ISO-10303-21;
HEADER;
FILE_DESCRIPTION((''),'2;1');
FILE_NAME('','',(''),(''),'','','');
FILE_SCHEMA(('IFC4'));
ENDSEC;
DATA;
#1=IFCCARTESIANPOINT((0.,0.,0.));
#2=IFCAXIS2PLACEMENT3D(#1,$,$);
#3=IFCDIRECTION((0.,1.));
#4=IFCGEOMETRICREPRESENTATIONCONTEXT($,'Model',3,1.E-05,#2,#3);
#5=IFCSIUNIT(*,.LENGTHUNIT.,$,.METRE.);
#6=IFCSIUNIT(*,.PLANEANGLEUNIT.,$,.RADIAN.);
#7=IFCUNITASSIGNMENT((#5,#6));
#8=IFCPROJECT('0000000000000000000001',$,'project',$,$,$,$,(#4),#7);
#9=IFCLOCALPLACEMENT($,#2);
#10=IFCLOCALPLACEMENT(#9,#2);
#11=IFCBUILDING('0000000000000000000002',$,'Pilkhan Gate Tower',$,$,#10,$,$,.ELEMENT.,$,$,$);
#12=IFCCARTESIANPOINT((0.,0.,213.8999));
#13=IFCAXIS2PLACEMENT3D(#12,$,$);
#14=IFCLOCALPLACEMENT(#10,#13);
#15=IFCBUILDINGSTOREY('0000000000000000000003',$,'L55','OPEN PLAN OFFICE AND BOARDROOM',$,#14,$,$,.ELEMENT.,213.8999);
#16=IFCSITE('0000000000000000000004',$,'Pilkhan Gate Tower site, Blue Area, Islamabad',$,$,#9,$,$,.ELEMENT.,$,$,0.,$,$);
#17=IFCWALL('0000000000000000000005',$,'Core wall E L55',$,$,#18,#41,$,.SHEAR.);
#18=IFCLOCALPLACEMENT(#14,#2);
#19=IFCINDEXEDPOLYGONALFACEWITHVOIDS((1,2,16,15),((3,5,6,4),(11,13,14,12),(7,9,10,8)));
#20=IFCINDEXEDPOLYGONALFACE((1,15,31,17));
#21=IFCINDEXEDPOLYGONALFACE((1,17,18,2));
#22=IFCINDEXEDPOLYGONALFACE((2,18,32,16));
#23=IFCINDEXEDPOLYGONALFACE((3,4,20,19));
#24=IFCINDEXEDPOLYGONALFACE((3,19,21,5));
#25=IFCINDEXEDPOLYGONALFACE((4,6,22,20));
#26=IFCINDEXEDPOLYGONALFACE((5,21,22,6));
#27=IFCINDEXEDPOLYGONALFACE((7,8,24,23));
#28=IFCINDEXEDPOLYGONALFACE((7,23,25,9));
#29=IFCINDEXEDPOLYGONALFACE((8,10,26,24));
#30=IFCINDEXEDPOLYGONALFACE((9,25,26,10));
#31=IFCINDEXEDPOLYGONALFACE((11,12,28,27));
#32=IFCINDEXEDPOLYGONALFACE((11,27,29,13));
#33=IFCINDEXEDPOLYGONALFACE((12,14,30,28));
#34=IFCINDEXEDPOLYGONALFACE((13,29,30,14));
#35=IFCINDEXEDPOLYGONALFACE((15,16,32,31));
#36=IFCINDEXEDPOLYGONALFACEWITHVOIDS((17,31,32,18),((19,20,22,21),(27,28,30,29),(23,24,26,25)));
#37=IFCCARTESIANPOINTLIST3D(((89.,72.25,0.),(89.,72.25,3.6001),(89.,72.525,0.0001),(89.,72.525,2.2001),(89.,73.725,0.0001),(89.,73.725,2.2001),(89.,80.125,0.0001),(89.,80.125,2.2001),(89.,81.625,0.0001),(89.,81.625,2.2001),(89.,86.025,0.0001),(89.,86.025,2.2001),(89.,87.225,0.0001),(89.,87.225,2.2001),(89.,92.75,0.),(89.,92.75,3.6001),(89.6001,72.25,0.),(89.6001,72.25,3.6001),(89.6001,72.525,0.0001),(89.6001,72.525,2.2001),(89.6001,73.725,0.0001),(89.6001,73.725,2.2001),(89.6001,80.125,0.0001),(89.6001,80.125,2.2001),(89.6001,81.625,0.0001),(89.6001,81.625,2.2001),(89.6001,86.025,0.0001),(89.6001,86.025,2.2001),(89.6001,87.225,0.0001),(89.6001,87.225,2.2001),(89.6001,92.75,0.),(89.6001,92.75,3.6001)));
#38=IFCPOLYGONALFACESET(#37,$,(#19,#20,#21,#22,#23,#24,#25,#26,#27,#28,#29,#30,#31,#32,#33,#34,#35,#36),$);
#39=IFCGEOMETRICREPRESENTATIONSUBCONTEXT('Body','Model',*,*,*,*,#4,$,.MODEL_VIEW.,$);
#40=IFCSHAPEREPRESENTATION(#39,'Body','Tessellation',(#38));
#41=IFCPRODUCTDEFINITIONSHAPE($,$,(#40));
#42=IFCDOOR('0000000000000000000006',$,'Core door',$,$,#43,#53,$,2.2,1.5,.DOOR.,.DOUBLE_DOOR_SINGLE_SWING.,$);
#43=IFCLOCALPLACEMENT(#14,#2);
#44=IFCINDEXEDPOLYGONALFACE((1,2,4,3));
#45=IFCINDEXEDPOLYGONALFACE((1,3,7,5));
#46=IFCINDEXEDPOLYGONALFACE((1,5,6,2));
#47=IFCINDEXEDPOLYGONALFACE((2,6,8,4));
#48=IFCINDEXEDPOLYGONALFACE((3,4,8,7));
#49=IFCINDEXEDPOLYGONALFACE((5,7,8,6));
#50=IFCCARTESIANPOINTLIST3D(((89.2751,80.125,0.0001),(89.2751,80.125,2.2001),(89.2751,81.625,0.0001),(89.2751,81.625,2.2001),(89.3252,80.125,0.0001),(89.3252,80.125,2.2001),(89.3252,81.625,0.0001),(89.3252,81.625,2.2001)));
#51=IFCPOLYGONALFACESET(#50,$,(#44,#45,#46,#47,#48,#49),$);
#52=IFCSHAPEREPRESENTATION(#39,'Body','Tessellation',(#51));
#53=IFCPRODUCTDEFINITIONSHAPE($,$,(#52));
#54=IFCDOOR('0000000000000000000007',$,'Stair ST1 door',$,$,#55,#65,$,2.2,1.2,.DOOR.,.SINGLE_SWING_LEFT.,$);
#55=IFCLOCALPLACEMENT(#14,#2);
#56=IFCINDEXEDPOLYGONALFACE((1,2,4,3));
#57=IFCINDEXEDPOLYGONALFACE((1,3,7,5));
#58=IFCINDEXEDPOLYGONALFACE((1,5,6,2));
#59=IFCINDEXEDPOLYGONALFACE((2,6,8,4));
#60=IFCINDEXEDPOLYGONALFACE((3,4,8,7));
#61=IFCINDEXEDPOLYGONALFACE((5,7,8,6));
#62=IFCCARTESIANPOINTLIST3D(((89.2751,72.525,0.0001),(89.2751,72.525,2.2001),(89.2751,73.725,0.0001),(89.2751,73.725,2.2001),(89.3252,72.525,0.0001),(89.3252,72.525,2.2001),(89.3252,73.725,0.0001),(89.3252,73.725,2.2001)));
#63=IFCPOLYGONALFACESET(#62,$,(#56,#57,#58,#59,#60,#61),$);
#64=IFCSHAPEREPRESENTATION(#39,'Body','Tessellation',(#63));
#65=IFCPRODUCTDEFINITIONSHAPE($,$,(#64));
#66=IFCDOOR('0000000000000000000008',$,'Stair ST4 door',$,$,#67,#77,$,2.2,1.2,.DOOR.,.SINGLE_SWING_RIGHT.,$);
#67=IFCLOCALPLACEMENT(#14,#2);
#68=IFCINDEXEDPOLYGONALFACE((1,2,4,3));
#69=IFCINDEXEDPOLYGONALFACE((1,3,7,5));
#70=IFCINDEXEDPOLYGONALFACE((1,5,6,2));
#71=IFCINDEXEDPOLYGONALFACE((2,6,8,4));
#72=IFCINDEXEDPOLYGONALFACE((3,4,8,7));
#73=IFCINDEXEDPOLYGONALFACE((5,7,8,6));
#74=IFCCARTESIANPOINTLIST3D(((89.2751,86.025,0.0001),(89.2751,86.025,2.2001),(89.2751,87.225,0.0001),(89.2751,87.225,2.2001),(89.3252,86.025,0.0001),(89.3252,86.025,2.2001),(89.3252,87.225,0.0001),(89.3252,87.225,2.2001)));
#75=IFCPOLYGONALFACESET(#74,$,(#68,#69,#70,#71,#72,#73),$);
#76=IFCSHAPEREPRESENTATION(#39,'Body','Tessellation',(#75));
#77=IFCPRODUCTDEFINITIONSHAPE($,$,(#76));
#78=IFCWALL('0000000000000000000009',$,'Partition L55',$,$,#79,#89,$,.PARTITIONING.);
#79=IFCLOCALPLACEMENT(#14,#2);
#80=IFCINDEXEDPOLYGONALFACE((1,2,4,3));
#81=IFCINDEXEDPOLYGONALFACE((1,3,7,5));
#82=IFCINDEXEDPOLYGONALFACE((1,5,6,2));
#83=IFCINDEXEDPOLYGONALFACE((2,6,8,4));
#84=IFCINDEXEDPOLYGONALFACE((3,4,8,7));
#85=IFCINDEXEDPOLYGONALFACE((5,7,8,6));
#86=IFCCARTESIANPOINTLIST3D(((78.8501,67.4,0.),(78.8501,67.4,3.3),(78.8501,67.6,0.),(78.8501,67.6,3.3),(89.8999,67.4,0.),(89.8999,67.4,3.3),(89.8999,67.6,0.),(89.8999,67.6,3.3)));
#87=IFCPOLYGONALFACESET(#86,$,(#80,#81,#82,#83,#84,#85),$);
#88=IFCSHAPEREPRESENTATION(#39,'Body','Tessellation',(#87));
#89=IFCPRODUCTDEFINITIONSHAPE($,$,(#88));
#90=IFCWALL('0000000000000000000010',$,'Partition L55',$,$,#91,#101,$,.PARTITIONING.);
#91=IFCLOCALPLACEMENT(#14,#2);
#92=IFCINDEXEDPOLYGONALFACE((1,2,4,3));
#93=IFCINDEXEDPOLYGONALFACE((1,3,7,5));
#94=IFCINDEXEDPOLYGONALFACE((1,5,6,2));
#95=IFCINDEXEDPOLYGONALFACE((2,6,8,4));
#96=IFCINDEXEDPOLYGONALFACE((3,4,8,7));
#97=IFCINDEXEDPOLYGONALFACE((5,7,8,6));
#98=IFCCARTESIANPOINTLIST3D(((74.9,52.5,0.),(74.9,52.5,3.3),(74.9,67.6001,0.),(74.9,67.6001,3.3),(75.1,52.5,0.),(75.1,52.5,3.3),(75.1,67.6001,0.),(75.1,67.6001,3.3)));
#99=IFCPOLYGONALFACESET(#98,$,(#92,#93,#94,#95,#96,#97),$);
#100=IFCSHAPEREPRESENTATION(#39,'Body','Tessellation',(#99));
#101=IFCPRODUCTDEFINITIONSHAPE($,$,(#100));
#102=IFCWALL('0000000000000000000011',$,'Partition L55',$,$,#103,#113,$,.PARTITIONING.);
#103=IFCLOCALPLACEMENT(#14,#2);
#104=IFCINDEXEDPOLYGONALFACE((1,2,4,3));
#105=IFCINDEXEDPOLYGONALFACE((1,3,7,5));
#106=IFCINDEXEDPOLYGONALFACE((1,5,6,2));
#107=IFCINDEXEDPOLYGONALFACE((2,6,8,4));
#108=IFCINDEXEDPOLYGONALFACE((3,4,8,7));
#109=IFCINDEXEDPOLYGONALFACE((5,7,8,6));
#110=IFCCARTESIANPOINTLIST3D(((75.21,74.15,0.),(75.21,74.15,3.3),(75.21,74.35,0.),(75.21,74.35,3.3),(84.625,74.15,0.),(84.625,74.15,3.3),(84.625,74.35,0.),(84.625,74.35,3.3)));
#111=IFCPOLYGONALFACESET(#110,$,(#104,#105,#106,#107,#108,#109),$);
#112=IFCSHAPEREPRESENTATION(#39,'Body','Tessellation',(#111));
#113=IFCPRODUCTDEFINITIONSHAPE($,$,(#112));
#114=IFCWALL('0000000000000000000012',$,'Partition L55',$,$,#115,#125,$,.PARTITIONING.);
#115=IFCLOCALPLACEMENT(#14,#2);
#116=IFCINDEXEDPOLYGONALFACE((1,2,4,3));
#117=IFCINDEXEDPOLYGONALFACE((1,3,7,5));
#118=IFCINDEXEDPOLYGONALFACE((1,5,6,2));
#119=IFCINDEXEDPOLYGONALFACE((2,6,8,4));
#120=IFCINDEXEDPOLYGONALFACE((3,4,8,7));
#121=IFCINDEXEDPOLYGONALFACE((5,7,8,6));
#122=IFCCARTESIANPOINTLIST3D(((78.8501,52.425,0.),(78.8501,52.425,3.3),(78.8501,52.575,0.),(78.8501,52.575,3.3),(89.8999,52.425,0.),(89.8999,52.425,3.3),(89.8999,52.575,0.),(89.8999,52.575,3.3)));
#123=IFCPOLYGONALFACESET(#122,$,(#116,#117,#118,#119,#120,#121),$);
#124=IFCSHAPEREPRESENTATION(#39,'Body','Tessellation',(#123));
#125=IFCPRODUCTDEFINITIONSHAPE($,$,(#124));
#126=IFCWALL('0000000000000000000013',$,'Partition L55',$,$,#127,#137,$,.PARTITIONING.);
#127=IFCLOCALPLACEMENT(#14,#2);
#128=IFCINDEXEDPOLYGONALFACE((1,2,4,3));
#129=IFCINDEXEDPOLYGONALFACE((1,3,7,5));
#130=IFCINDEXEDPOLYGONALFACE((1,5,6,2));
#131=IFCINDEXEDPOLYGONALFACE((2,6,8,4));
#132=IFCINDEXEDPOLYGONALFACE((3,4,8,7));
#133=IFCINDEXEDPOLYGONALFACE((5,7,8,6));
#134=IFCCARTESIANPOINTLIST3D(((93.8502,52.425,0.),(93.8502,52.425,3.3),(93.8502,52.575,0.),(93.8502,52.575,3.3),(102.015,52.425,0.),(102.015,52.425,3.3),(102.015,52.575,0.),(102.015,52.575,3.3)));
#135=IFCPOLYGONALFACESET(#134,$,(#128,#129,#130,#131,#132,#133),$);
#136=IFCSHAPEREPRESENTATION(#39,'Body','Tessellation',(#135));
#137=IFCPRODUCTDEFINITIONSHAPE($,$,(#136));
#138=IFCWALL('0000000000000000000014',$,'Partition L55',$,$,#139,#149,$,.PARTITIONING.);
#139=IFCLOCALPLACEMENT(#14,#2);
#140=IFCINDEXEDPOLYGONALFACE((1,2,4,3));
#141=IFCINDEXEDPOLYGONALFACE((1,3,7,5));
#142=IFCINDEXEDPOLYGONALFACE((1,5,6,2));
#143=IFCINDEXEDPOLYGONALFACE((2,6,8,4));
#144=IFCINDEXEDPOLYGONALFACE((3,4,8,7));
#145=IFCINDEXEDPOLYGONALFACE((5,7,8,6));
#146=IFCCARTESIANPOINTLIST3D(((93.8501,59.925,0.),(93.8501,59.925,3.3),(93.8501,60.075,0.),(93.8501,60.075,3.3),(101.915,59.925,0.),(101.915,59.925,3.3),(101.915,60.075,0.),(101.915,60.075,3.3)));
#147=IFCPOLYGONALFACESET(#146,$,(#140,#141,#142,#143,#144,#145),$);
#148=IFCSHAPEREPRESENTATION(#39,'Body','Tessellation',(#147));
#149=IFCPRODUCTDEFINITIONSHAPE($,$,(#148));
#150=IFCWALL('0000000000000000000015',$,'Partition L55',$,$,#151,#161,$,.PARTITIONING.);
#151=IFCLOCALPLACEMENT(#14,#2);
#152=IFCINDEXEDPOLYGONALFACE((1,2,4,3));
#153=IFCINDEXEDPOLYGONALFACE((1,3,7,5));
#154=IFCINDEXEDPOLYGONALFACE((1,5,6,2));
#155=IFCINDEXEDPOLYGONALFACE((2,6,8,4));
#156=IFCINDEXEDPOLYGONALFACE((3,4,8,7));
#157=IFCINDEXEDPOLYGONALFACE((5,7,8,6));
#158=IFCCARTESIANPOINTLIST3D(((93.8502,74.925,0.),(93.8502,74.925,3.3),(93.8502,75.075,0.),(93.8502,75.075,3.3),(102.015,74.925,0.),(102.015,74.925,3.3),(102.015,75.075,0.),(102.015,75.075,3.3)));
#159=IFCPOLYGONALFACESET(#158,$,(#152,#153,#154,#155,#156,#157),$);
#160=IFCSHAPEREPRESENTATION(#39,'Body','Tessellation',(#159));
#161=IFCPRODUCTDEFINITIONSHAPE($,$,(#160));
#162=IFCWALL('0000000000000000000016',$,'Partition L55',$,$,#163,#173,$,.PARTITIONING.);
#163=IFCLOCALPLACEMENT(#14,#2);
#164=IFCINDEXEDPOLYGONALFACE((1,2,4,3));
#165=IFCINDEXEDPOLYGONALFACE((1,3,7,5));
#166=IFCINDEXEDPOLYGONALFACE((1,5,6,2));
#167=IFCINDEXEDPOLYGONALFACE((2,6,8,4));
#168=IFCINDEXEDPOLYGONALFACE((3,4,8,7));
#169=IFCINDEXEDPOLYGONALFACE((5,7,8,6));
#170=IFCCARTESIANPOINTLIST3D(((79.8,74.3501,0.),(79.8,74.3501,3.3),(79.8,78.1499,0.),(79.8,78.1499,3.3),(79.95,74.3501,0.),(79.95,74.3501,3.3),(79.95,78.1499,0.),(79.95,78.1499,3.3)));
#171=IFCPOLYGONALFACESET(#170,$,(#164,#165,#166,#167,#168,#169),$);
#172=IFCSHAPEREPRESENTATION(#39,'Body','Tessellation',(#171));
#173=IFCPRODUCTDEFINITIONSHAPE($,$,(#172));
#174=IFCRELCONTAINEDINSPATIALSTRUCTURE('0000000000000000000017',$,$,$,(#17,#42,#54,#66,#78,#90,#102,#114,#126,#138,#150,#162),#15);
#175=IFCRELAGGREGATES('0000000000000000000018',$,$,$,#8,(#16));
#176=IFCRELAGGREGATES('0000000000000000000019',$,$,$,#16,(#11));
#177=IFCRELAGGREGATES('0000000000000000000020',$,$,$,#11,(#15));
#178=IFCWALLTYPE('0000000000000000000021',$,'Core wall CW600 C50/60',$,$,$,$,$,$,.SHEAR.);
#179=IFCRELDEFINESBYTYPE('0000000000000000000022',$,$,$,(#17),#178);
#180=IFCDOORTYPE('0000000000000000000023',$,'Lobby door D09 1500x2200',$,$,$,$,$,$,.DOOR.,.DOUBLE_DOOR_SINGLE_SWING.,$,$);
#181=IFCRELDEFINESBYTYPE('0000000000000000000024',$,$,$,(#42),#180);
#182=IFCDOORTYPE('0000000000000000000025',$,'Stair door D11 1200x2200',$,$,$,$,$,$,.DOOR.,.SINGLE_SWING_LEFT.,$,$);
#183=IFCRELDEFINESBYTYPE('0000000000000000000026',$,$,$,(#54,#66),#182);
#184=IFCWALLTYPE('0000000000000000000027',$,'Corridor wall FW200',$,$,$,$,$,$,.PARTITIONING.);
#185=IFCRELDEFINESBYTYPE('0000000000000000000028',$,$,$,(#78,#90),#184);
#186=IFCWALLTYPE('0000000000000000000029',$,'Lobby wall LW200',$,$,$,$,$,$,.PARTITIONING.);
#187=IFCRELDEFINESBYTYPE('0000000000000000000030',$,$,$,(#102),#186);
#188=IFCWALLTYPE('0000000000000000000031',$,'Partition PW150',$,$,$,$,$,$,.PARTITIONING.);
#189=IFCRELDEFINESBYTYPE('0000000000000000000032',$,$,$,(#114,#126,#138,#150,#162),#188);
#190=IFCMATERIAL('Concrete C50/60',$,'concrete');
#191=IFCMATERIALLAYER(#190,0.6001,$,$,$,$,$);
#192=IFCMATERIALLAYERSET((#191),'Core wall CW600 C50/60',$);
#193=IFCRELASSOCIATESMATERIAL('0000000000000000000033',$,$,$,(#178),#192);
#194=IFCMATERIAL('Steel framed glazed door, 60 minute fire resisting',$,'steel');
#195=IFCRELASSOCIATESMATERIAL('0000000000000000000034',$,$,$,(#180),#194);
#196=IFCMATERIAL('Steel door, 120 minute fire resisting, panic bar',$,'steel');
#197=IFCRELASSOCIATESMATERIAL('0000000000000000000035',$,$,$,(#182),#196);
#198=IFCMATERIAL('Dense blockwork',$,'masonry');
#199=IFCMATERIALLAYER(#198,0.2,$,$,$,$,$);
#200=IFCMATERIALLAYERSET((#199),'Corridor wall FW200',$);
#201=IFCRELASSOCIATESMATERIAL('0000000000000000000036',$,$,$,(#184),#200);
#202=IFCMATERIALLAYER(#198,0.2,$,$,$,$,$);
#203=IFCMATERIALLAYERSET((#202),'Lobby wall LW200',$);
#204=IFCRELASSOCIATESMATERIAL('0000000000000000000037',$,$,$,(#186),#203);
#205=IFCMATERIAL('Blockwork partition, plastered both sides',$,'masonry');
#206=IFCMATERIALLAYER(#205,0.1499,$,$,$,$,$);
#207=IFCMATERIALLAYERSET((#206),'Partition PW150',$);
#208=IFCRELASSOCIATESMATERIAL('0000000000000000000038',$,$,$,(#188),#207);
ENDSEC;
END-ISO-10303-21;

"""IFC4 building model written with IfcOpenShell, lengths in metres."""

from ifc_helpers import new_model, si_unit, direction, frame, frame_2d, origin, place, context, subcontext, project, spatial, rectangle, extrude, material, layer, layer_set, type_object, element, fill, save


model = new_model("IFC4")

# Units and contexts
model_context = context("Model", 3, precision=1e-05, world=origin(), true_north=direction((0.0, 1.0)))
body_context = subcontext(model_context, "Body", "Model", "MODEL_VIEW")
ifc_project = project(units=[si_unit("LENGTHUNIT", "METRE"), si_unit("PLANEANGLEUNIT", "RADIAN")], contexts=[model_context])

# Site, building, storey
site_placement = place(None, origin())
site = spatial("IfcSite", under=ifc_project, at=site_placement, Name="Pilkhan Gate Tower site, Blue Area, Islamabad", CompositionType="ELEMENT", RefElevation=0.0)
building_placement = place(site_placement, origin())
building = spatial("IfcBuilding", under=site, at=building_placement, Name="Pilkhan Gate Tower", CompositionType="ELEMENT")
storey_placement = place(building_placement, frame((0.0, 0.0, 213.8999)))
storey = spatial("IfcBuildingStorey", under=building, at=storey_placement, Name="L55", Description="OPEN PLAN OFFICE AND BOARDROOM", CompositionType="ELEMENT", Elevation=213.8999)

# Shared definitions
ifc_material_1 = material(Name="Concrete C50/60", Category="concrete")

# Wall, openings, doors
ifc_layer_1 = layer(ifc_material_1, 0.6001)
ifc_layer_set_1 = layer_set([ifc_layer_1], Name="Core wall CW600 C50/60")
wall_type_1 = type_object("IfcWallType", Name="Core wall CW600 C50/60", PredefinedType="SHEAR", material=ifc_layer_set_1)
wall_1_placement = place(storey_placement, frame((89.3, 72.25, 0.0), z_axis=(0.0, 0.0, 1.0), x_axis=(0.0, 1.0, 0.0)))
wall_1 = element("IfcWall", 1, at=wall_1_placement, inside=storey, type_object=wall_type_1, Name="Core wall E L55", PredefinedType="SHEAR", context=body_context, shape_type="SweptSolid", body=[
    extrude(rectangle(XDim=20.5, YDim=0.6001, at=frame_2d((10.25, 0.0))), origin(), (0.0, 0.0, 1.0), 3.6001),
])
opening_1_placement = place(wall_1_placement, frame((0.2749, 0.0, 0.0)))
opening_1 = element("IfcOpeningElement", 2, at=opening_1_placement, cuts=wall_1, PredefinedType="OPENING", context=body_context, shape_type="SweptSolid", body=[
    extrude(rectangle(XDim=1.2, YDim=2.2, at=frame_2d((0.6001, 1.1001))), frame((0.0, 0.3101, 0.0), z_axis=(0.0, -1.0, 0.0), x_axis=(1.0, 0.0, 0.0)), (0.0, 0.0, 1.0), 0.6201),
])
opening_2_placement = place(wall_1_placement, frame((13.7749, 0.0, 0.0)))
opening_2 = element("IfcOpeningElement", 3, at=opening_2_placement, cuts=wall_1, PredefinedType="OPENING", context=body_context, shape_type="SweptSolid", body=[
    extrude(rectangle(XDim=1.2, YDim=2.2, at=frame_2d((0.6001, 1.1001))), frame((0.0, 0.3101, 0.0), z_axis=(0.0, -1.0, 0.0), x_axis=(1.0, 0.0, 0.0)), (0.0, 0.0, 1.0), 0.6201),
])
opening_3_placement = place(wall_1_placement, frame((7.875, 0.0, 0.0)))
opening_3 = element("IfcOpeningElement", 4, at=opening_3_placement, cuts=wall_1, PredefinedType="OPENING", context=body_context, shape_type="SweptSolid", body=[
    extrude(rectangle(XDim=1.5, YDim=2.2, at=frame_2d((0.75, 1.1001))), frame((0.0, 0.3101, 0.0), z_axis=(0.0, -1.0, 0.0), x_axis=(1.0, 0.0, 0.0)), (0.0, 0.0, 1.0), 0.6201),
])
ifc_material_2 = material(Name="Steel framed glazed door, 60 minute fire resisting", Category="steel")
door_type_1 = type_object("IfcDoorType", Name="Lobby door D09 1500x2200", OperationType="DOUBLE_DOOR_SINGLE_SWING", PredefinedType="DOOR", material=ifc_material_2)
door_1_placement = place(opening_3_placement, origin())
door_1 = element("IfcDoor", 5, at=door_1_placement, inside=storey, type_object=door_type_1, Name="Core door", OperationType="DOUBLE_DOOR_SINGLE_SWING", OverallHeight=2.2, OverallWidth=1.5, PredefinedType="DOOR", context=body_context, shape_type="SweptSolid", body=[
    extrude(rectangle(XDim=1.5, YDim=2.2, at=frame_2d((0.75, 1.1001))), frame((0.0, 0.0249, 0.0), z_axis=(0.0, -1.0, 0.0), x_axis=(1.0, 0.0, 0.0)), (0.0, 0.0, 1.0), 0.05),
])
fill(opening_3, door_1)
ifc_material_3 = material(Name="Steel door, 120 minute fire resisting, panic bar", Category="steel")
door_type_2 = type_object("IfcDoorType", Name="Stair door D11 1200x2200", OperationType="SINGLE_SWING_LEFT", PredefinedType="DOOR", material=ifc_material_3)
door_2_placement = place(opening_1_placement, origin())
door_2 = element("IfcDoor", 6, at=door_2_placement, inside=storey, type_object=door_type_2, Name="Stair ST1 door", OperationType="SINGLE_SWING_LEFT", OverallHeight=2.2, OverallWidth=1.2, PredefinedType="DOOR", context=body_context, shape_type="SweptSolid", body=[
    extrude(rectangle(XDim=1.2, YDim=2.2, at=frame_2d((0.6001, 1.1001))), frame((0.0, 0.0249, 0.0), z_axis=(0.0, -1.0, 0.0), x_axis=(1.0, 0.0, 0.0)), (0.0, 0.0, 1.0), 0.05),
])
fill(opening_1, door_2)
door_3_placement = place(opening_2_placement, origin())
door_3 = element("IfcDoor", 7, at=door_3_placement, inside=storey, type_object=door_type_2, Name="Stair ST4 door", OperationType="SINGLE_SWING_RIGHT", OverallHeight=2.2, OverallWidth=1.2, PredefinedType="DOOR", context=body_context, shape_type="SweptSolid", body=[
    extrude(rectangle(XDim=1.2, YDim=2.2, at=frame_2d((0.6001, 1.1001))), frame((0.0, 0.0249, 0.0), z_axis=(0.0, -1.0, 0.0), x_axis=(1.0, 0.0, 0.0)), (0.0, 0.0, 1.0), 0.05),
])
fill(opening_2, door_3)

# Walls
ifc_material_4 = material(Name="Dense blockwork", Category="masonry")
ifc_layer_2 = layer(ifc_material_4, 0.2)
ifc_layer_set_2 = layer_set([ifc_layer_2], Name="Corridor wall FW200")
wall_type_2 = type_object("IfcWallType", Name="Corridor wall FW200", PredefinedType="PARTITIONING", material=ifc_layer_set_2)
wall_2_placement = place(storey_placement, frame((78.8501, 67.5, 0.0), z_axis=(0.0, 0.0, 1.0), x_axis=(1.0, 0.0, 0.0)))
element("IfcWall", 8, at=wall_2_placement, inside=storey, type_object=wall_type_2, Name="Partition L55", PredefinedType="PARTITIONING", context=body_context, shape_type="SweptSolid", body=[
    extrude(rectangle(XDim=11.0498, YDim=0.2, at=frame_2d((5.5249, 0.0))), origin(), (0.0, 0.0, 1.0), 3.3),
])
wall_3_placement = place(storey_placement, frame((75.0, 52.5, 0.0), z_axis=(0.0, 0.0, 1.0), x_axis=(0.0, 1.0, 0.0)))
element("IfcWall", 9, at=wall_3_placement, inside=storey, type_object=wall_type_2, Name="Partition L55", PredefinedType="PARTITIONING", context=body_context, shape_type="SweptSolid", body=[
    extrude(rectangle(XDim=15.1001, YDim=0.2, at=frame_2d((7.55, 0.0))), origin(), (0.0, 0.0, 1.0), 3.3),
])
ifc_layer_3 = layer(ifc_material_4, 0.2)
ifc_layer_set_3 = layer_set([ifc_layer_3], Name="Lobby wall LW200")
wall_type_3 = type_object("IfcWallType", Name="Lobby wall LW200", PredefinedType="PARTITIONING", material=ifc_layer_set_3)
wall_4_placement = place(storey_placement, frame((75.21, 74.25, 0.0), z_axis=(0.0, 0.0, 1.0), x_axis=(1.0, 0.0, 0.0)))
element("IfcWall", 10, at=wall_4_placement, inside=storey, type_object=wall_type_3, Name="Partition L55", PredefinedType="PARTITIONING", context=body_context, shape_type="SweptSolid", body=[
    extrude(rectangle(XDim=9.415, YDim=0.2, at=frame_2d((4.7075, 0.0))), origin(), (0.0, 0.0, 1.0), 3.3),
])
ifc_material_5 = material(Name="Blockwork partition, plastered both sides", Category="masonry")
ifc_layer_4 = layer(ifc_material_5, 0.1499)
ifc_layer_set_4 = layer_set([ifc_layer_4], Name="Partition PW150")
wall_type_4 = type_object("IfcWallType", Name="Partition PW150", PredefinedType="PARTITIONING", material=ifc_layer_set_4)
wall_5_placement = place(storey_placement, frame((78.8501, 52.5, 0.0), z_axis=(0.0, 0.0, 1.0), x_axis=(1.0, 0.0, 0.0)))
element("IfcWall", 11, at=wall_5_placement, inside=storey, type_object=wall_type_4, Name="Partition L55", PredefinedType="PARTITIONING", context=body_context, shape_type="SweptSolid", body=[
    extrude(rectangle(XDim=11.0498, YDim=0.1499, at=frame_2d((5.5249, 0.0))), origin(), (0.0, 0.0, 1.0), 3.3),
])
wall_6_placement = place(storey_placement, frame((93.8501, 52.5, 0.0), z_axis=(0.0, 0.0, 1.0), x_axis=(1.0, 0.0, 0.0)))
element("IfcWall", 12, at=wall_6_placement, inside=storey, type_object=wall_type_4, Name="Partition L55", PredefinedType="PARTITIONING", context=body_context, shape_type="SweptSolid", body=[
    extrude(rectangle(XDim=8.1648, YDim=0.1499, at=frame_2d((4.0825, 0.0))), origin(), (0.0, 0.0, 1.0), 3.3),
])
wall_7_placement = place(storey_placement, frame((93.8501, 60.0, 0.0), z_axis=(0.0, 0.0, 1.0), x_axis=(1.0, 0.0, 0.0)))
element("IfcWall", 13, at=wall_7_placement, inside=storey, type_object=wall_type_4, Name="Partition L55", PredefinedType="PARTITIONING", context=body_context, shape_type="SweptSolid", body=[
    extrude(rectangle(XDim=8.0649, YDim=0.1499, at=frame_2d((4.0325, 0.0))), origin(), (0.0, 0.0, 1.0), 3.3),
])
wall_8_placement = place(storey_placement, frame((93.8501, 75.0, 0.0), z_axis=(0.0, 0.0, 1.0), x_axis=(1.0, 0.0, 0.0)))
element("IfcWall", 14, at=wall_8_placement, inside=storey, type_object=wall_type_4, Name="Partition L55", PredefinedType="PARTITIONING", context=body_context, shape_type="SweptSolid", body=[
    extrude(rectangle(XDim=8.1648, YDim=0.1499, at=frame_2d((4.0825, 0.0))), origin(), (0.0, 0.0, 1.0), 3.3),
])
wall_9_placement = place(storey_placement, frame((79.875, 74.3501, 0.0), z_axis=(0.0, 0.0, 1.0), x_axis=(0.0, 1.0, 0.0)))
element("IfcWall", 15, at=wall_9_placement, inside=storey, type_object=wall_type_4, Name="Partition L55", PredefinedType="PARTITIONING", context=body_context, shape_type="SweptSolid", body=[
    extrude(rectangle(XDim=3.7998, YDim=0.1499, at=frame_2d((1.8999, 0.0))), origin(), (0.0, 0.0, 1.0), 3.3),
])

save(model, "model.ifc")
